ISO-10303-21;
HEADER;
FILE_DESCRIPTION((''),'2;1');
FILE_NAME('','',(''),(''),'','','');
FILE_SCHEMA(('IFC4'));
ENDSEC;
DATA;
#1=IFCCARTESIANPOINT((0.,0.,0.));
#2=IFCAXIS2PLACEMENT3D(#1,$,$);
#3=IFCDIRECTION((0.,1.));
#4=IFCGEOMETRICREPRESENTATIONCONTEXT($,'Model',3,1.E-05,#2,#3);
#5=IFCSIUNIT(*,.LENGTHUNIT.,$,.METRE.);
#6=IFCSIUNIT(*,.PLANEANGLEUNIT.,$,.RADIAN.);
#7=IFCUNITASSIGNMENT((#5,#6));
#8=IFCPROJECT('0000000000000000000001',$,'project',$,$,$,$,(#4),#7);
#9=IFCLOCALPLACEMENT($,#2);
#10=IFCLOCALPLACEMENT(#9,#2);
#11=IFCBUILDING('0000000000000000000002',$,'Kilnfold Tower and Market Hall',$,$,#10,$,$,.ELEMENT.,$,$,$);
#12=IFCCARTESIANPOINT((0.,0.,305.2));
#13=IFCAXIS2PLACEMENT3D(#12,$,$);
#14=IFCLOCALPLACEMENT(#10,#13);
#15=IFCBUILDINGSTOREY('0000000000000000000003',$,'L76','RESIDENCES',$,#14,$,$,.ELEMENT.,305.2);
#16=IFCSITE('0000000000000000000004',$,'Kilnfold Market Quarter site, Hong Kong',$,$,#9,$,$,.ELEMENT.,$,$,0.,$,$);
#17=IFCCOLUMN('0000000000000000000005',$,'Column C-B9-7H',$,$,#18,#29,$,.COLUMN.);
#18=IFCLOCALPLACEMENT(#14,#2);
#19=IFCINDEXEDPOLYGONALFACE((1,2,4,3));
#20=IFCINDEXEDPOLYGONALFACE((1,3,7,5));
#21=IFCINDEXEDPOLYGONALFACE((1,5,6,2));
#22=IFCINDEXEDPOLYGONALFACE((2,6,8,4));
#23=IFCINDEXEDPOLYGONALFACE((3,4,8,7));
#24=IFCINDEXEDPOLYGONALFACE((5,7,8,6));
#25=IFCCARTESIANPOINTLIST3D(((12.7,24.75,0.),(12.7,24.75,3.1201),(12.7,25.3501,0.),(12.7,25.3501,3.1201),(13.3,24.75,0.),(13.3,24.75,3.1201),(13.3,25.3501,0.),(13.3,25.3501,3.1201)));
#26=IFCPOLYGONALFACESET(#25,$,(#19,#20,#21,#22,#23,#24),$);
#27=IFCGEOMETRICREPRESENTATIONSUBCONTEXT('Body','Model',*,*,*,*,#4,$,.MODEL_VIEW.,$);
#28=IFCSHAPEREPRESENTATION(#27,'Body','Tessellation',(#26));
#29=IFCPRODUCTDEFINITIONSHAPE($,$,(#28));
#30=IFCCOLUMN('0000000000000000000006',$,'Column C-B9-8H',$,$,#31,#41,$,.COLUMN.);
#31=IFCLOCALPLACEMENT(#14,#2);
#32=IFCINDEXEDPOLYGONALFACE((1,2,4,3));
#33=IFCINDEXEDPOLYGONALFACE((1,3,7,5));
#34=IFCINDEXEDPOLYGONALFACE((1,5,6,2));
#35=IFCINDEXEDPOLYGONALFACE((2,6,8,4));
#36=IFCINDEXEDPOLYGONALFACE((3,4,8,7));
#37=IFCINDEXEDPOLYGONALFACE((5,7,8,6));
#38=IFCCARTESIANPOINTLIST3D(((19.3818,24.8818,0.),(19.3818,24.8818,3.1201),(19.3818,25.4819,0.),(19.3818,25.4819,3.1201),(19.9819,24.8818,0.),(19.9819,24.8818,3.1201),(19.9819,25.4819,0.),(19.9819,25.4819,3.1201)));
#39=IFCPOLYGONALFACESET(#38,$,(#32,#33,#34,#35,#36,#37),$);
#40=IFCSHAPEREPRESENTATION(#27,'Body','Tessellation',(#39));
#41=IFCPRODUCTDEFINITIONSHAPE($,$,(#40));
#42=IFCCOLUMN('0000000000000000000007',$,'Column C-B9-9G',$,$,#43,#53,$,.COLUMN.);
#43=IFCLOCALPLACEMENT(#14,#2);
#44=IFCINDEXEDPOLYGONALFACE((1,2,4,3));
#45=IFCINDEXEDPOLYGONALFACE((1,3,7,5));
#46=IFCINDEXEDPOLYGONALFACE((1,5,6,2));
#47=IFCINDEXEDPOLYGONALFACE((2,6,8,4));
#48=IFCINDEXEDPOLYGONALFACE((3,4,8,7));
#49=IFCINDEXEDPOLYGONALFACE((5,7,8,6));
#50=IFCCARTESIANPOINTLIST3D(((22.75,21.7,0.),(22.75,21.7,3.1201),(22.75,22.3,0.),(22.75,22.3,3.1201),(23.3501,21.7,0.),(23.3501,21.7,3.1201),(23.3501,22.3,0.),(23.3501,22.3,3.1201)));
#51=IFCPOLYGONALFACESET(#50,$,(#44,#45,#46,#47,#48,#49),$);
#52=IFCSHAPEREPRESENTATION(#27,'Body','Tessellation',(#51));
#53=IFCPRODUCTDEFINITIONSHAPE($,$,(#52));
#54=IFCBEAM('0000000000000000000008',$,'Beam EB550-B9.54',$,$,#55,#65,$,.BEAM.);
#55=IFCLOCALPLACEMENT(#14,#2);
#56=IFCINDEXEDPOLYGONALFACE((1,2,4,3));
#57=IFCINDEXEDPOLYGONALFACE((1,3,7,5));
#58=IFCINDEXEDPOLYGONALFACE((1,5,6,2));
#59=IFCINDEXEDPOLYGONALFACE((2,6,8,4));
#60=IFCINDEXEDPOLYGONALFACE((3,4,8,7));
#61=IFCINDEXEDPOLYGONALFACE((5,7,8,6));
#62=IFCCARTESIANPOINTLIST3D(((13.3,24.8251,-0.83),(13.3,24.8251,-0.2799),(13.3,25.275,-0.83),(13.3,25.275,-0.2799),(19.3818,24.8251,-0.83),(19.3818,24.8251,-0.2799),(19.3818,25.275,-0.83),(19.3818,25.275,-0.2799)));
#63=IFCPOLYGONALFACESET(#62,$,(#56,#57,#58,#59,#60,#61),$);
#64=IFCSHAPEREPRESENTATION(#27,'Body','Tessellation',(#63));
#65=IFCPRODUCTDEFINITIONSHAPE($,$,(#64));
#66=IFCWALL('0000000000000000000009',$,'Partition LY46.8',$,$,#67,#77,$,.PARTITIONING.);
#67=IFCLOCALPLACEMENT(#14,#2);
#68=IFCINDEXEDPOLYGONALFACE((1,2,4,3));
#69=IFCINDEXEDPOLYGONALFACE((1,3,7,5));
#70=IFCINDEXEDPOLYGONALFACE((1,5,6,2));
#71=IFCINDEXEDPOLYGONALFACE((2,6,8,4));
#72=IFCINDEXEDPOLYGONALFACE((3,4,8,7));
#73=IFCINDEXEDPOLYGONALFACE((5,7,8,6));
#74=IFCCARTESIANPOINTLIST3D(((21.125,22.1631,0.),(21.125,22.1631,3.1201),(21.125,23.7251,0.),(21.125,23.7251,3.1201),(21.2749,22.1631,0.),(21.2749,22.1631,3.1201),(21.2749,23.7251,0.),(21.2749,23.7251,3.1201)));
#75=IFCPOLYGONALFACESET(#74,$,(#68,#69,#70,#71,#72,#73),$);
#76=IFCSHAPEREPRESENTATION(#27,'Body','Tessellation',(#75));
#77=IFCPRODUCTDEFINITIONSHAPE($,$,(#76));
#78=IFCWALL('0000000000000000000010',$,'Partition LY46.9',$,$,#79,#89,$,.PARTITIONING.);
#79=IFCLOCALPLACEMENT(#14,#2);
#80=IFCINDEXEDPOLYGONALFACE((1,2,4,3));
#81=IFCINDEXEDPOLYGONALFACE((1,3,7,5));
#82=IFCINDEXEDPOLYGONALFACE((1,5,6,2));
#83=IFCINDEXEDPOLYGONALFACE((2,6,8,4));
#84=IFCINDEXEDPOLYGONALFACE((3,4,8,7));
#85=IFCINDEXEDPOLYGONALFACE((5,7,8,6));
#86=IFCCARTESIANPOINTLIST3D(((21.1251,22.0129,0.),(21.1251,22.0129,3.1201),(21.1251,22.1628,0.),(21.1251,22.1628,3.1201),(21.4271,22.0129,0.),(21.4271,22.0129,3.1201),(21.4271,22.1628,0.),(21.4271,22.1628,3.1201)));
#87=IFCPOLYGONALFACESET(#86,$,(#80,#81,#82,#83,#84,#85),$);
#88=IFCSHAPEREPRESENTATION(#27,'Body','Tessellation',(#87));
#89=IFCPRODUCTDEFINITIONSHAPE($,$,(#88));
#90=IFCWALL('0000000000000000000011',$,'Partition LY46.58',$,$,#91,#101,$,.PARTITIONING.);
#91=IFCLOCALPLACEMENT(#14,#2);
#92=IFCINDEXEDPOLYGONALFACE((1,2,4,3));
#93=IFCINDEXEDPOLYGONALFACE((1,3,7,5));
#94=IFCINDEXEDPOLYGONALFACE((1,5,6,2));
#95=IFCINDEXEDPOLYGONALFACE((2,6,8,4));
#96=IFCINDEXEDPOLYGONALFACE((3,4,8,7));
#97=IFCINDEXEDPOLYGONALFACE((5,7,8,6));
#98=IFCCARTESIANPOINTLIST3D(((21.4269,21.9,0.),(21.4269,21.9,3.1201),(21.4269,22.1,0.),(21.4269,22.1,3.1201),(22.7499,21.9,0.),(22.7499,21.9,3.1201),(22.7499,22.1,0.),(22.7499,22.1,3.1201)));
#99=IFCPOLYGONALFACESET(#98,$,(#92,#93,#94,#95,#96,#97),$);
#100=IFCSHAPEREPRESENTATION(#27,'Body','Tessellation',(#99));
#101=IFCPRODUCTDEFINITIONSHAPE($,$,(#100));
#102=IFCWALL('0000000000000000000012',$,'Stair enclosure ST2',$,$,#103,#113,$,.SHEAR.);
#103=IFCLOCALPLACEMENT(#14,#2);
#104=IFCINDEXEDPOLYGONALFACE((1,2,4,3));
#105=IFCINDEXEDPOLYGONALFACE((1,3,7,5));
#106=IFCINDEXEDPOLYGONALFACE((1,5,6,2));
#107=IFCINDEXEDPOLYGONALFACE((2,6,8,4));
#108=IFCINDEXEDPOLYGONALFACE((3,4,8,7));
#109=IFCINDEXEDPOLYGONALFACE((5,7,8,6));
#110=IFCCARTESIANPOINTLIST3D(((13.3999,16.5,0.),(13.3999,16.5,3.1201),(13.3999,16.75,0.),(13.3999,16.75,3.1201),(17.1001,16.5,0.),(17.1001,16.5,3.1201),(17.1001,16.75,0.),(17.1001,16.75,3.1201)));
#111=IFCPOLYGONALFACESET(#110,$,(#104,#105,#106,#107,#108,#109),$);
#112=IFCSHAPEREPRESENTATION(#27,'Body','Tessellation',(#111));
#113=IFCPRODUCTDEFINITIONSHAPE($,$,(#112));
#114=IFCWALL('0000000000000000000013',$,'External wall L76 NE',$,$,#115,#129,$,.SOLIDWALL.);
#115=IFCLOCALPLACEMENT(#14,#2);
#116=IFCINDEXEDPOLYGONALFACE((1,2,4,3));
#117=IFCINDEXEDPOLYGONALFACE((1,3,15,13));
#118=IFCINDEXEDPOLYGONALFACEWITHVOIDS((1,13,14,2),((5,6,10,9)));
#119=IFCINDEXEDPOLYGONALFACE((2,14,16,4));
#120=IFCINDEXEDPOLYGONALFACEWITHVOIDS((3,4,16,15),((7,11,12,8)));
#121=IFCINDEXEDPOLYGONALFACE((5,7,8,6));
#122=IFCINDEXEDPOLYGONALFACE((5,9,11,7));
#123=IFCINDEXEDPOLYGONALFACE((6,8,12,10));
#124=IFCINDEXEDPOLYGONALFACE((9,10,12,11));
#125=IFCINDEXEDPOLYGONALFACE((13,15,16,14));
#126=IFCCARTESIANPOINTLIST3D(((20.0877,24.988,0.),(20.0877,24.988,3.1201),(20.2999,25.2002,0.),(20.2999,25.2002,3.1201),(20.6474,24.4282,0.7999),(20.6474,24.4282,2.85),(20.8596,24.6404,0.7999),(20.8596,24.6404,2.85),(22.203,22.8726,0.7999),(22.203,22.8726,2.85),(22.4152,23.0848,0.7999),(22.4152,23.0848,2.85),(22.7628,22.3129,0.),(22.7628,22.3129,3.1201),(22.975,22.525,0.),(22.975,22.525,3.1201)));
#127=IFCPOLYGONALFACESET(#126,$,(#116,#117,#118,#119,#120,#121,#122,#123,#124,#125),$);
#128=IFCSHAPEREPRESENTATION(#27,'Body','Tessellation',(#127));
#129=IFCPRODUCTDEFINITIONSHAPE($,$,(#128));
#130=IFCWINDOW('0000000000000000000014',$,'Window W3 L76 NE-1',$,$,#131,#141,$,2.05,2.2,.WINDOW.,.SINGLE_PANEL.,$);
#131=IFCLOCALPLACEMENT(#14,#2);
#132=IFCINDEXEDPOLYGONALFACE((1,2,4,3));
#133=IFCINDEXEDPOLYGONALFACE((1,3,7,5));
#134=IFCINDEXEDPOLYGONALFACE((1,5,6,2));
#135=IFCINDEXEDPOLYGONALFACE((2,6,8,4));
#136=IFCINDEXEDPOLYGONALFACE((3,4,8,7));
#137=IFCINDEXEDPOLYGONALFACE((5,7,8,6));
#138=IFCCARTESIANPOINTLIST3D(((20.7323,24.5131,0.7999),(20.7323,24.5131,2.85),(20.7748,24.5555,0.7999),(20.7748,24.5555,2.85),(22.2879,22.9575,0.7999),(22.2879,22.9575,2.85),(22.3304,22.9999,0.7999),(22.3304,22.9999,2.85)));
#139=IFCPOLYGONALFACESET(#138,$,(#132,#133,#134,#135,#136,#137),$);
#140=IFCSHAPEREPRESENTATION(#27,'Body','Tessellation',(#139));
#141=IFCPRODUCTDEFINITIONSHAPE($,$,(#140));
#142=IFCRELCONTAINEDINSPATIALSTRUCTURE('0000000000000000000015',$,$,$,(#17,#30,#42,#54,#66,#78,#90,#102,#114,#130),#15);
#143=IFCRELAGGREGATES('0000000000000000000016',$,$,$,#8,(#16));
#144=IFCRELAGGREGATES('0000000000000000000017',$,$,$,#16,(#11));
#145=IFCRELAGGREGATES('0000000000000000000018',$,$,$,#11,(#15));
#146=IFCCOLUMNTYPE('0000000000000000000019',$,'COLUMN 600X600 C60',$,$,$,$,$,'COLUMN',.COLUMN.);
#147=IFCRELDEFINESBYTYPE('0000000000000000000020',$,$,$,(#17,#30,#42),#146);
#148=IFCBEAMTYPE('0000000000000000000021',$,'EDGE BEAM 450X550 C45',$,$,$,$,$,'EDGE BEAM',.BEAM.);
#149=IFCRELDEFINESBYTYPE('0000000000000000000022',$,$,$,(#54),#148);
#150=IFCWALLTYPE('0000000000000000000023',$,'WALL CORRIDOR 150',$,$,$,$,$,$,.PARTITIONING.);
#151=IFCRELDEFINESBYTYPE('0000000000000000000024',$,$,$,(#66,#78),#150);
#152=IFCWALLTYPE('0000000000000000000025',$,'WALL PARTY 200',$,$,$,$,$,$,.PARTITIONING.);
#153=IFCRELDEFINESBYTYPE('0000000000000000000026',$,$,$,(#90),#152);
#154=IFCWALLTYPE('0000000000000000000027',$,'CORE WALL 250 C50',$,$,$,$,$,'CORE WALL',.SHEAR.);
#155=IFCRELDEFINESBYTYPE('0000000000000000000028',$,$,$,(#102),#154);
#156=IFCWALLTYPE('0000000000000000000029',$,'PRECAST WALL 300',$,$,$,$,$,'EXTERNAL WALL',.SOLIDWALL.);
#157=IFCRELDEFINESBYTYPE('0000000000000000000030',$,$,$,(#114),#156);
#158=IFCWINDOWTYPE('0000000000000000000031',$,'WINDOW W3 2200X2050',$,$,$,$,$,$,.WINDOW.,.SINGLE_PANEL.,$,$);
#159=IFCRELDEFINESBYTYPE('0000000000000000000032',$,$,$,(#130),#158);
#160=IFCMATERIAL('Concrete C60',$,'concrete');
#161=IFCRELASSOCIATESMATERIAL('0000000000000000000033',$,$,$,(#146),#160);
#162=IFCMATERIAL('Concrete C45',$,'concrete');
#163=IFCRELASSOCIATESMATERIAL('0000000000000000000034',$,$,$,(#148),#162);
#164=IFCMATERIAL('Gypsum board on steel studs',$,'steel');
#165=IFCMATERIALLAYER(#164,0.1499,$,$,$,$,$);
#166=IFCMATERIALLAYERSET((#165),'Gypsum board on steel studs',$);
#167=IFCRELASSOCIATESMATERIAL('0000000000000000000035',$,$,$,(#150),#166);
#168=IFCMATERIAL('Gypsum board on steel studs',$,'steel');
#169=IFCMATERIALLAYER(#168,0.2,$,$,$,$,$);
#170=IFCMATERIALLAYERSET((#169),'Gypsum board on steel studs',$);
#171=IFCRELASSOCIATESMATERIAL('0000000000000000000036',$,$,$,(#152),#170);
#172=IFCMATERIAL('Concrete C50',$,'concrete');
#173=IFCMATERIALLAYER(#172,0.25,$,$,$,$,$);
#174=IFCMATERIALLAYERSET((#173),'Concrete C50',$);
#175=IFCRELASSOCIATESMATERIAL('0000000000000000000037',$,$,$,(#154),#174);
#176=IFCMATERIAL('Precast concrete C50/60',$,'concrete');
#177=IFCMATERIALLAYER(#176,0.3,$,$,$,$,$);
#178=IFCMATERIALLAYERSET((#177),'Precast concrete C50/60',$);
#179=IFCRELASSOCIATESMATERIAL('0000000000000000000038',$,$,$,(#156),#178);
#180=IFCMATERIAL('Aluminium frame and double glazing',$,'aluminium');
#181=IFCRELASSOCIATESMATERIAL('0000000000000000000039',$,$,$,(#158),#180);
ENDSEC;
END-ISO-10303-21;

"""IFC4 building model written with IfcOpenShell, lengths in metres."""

from ifc_helpers import new_model, si_unit, direction, frame, frame_2d, origin, origin_2d, place, context, subcontext, project, spatial, rectangle, extrude, source, transform, mapped, material, layer, layer_set, material_profile, profile_set, type_object, element, fill, save


model = new_model("IFC4")

# Units and contexts
model_context = context("Model", 3, precision=1e-05, world=origin(), true_north=direction((0.0, 1.0)))
body_context = subcontext(model_context, "Body", "Model", "MODEL_VIEW")
ifc_project = project(units=[si_unit("LENGTHUNIT", "METRE"), si_unit("PLANEANGLEUNIT", "RADIAN")], contexts=[model_context])

# Site, building, storey
site_placement = place(None, origin())
site = spatial("IfcSite", under=ifc_project, at=site_placement, Name="Kilnfold Market Quarter site, Hong Kong", CompositionType="ELEMENT", RefElevation=0.0)
building_placement = place(site_placement, origin())
building = spatial("IfcBuilding", under=site, at=building_placement, Name="Kilnfold Tower and Market Hall", CompositionType="ELEMENT")
storey_placement = place(building_placement, frame((0.0, 0.0, 305.2)))
storey = spatial("IfcBuildingStorey", under=building, at=storey_placement, Name="L76", Description="RESIDENCES", CompositionType="ELEMENT", Elevation=305.2)

# Columns
ifc_material_1 = material(Name="Concrete C60", Category="concrete")
ifc_material_profile_1 = material_profile(ifc_material_1, rectangle(XDim=0.6001, YDim=0.6001, at=origin_2d()), Name="RC 600x600")
ifc_profile_set_1 = profile_set([ifc_material_profile_1], Name="Concrete C60")
column_type = type_object("IfcColumnType", Name="COLUMN 600X600 C60", ElementType="COLUMN", PredefinedType="COLUMN", material=ifc_profile_set_1)
shared_shape_1 = source(origin(), body_context, "Body", "SweptSolid", [
    extrude(rectangle(XDim=0.6001, YDim=0.6001, at=origin_2d()), origin(), (0.0, 0.0, 1.0), 3.1201),
])
for number, where, z_axis, x_axis, name in (
    (1, (13.0, 25.05, 0.0), (0.0, 0.0, 1.0), (1.0, 0.0, 0.0), "Column C-B9-7H"),
    (2, (19.6819, 25.1819, 0.0), (0.0, 0.0, 1.0), (1.0, 0.0, 0.0), "Column C-B9-8H"),
    (3, (23.05, 22.0, 0.0), (0.0, 0.0, 1.0), (1.0, 0.0, 0.0), "Column C-B9-9G"),
):
    element("IfcColumn", number, at=place(storey_placement, frame(where, z_axis=z_axis, x_axis=x_axis)), inside=storey, type_object=column_type, Name=name, PredefinedType="COLUMN", context=body_context, shape_type="MappedRepresentation", body=[
        mapped(shared_shape_1, transform((0.0, 0.0, 0.0))),
    ])

# Beam
ifc_material_2 = material(Name="Concrete C45", Category="concrete")
ifc_material_profile_2 = material_profile(ifc_material_2, rectangle(XDim=0.45, YDim=0.55, at=origin_2d()), Name="RC 450x550")
ifc_profile_set_2 = profile_set([ifc_material_profile_2], Name="Concrete C45")
beam_type = type_object("IfcBeamType", Name="EDGE BEAM 450X550 C45", ElementType="EDGE BEAM", PredefinedType="BEAM", material=ifc_profile_set_2)
shared_shape_2 = source(origin(), body_context, "Body", "SweptSolid", [
    extrude(rectangle(XDim=0.45, YDim=0.55, at=origin_2d()), origin(), (0.0, 0.0, 1.0), 6.0818),
])
beam_placement = place(storey_placement, frame((13.3, 25.05, -0.5549), z_axis=(1.0, 0.0, 0.0), x_axis=(0.0, 1.0, 0.0)))
element("IfcBeam", 4, at=beam_placement, inside=storey, type_object=beam_type, Name="Beam EB550-B9.54", PredefinedType="BEAM", context=body_context, shape_type="MappedRepresentation", body=[
    mapped(shared_shape_2, transform((0.0, 0.0, 0.0))),
])

# Walls
ifc_material_3 = material(Name="Gypsum board on steel studs", Category="steel")
ifc_layer_1 = layer(ifc_material_3, 0.1499)
ifc_layer_set_1 = layer_set([ifc_layer_1], Name="Gypsum board on steel studs")
wall_type_1 = type_object("IfcWallType", Name="WALL CORRIDOR 150", PredefinedType="PARTITIONING", material=ifc_layer_set_1)
wall_1_placement = place(storey_placement, frame((21.2, 22.1631, 0.0), z_axis=(0.0, 0.0, 1.0), x_axis=(0.0, 1.0, 0.0)))
element("IfcWall", 5, at=wall_1_placement, inside=storey, type_object=wall_type_1, Name="Partition LY46.8", PredefinedType="PARTITIONING", context=body_context, shape_type="SweptSolid", body=[
    extrude(rectangle(XDim=1.562, YDim=0.1499, at=frame_2d((0.781, 0.0))), origin(), (0.0, 0.0, 1.0), 3.1201),
])
wall_2_placement = place(storey_placement, frame((21.427, 22.0879, 0.0), z_axis=(0.0, 0.0, 1.0), x_axis=(-1.0, 0.0, 0.0)))
element("IfcWall", 6, at=wall_2_placement, inside=storey, type_object=wall_type_1, Name="Partition LY46.9", PredefinedType="PARTITIONING", context=body_context, shape_type="SweptSolid", body=[
    extrude(rectangle(XDim=0.302, YDim=0.1499, at=frame_2d((0.1509, 0.0))), origin(), (0.0, 0.0, 1.0), 3.1201),
])
ifc_material_4 = material(Name="Gypsum board on steel studs", Category="steel")
ifc_layer_2 = layer(ifc_material_4, 0.2)
ifc_layer_set_2 = layer_set([ifc_layer_2], Name="Gypsum board on steel studs")
wall_type_2 = type_object("IfcWallType", Name="WALL PARTY 200", PredefinedType="PARTITIONING", material=ifc_layer_set_2)
wall_3_placement = place(storey_placement, frame((22.75, 22.0, 0.0), z_axis=(0.0, 0.0, 1.0), x_axis=(-1.0, 0.0, 0.0)))
element("IfcWall", 7, at=wall_3_placement, inside=storey, type_object=wall_type_2, Name="Partition LY46.58", PredefinedType="PARTITIONING", context=body_context, shape_type="SweptSolid", body=[
    extrude(rectangle(XDim=1.323, YDim=0.2, at=frame_2d((0.6616, 0.0))), origin(), (0.0, 0.0, 1.0), 3.1201),
])
ifc_material_5 = material(Name="Concrete C50", Category="concrete")
ifc_layer_3 = layer(ifc_material_5, 0.25)
ifc_layer_set_3 = layer_set([ifc_layer_3], Name="Concrete C50")
wall_type_3 = type_object("IfcWallType", Name="CORE WALL 250 C50", ElementType="CORE WALL", PredefinedType="SHEAR", material=ifc_layer_set_3)
shared_shape_3 = source(origin(), body_context, "Body", "SweptSolid", [
    extrude(rectangle(XDim=3.7002, YDim=0.25, at=frame_2d((1.8501, 0.0))), origin(), (0.0, 0.0, 1.0), 3.1201),
])
wall_4_placement = place(storey_placement, frame((13.3999, 16.625, 0.0), z_axis=(0.0, 0.0, 1.0), x_axis=(1.0, 0.0, 0.0)))
element("IfcWall", 8, at=wall_4_placement, inside=storey, type_object=wall_type_3, Name="Stair enclosure ST2", PredefinedType="SHEAR", context=body_context, shape_type="MappedRepresentation", body=[
    mapped(shared_shape_3, transform((0.0, 0.0, 0.0))),
])

# Wall, opening, window
ifc_material_6 = material(Name="Precast concrete C50/60", Category="concrete")
ifc_layer_4 = layer(ifc_material_6, 0.3)
ifc_layer_set_4 = layer_set([ifc_layer_4], Name="Precast concrete C50/60")
wall_type_4 = type_object("IfcWallType", Name="PRECAST WALL 300", ElementType="EXTERNAL WALL", PredefinedType="SOLIDWALL", material=ifc_layer_set_4)
shared_shape_4 = source(origin(), body_context, "Body", "SweptSolid", [
    extrude(rectangle(XDim=3.7832, YDim=0.3, at=frame_2d((1.8916, 0.0))), origin(), (0.0, 0.0, 1.0), 3.1201),
])
wall_5_placement = place(storey_placement, frame((22.8689, 22.4189, 0.0), z_axis=(0.0, 0.0, 1.0), x_axis=(-0.707107, 0.707107, 0.0)))
wall_5 = element("IfcWall", 9, at=wall_5_placement, inside=storey, type_object=wall_type_4, Name="External wall L76 NE", PredefinedType="SOLIDWALL", context=body_context, shape_type="MappedRepresentation", body=[
    mapped(shared_shape_4, transform((0.0, 0.0, 0.0))),
])
opening_1_placement = place(wall_5_placement, frame((0.7915, 0.0, 0.8)))
opening_1 = element("IfcOpeningElement", 10, at=opening_1_placement, cuts=wall_5, PredefinedType="OPENING", context=body_context, shape_type="SweptSolid", body=[
    extrude(rectangle(XDim=2.2, YDim=2.05, at=frame_2d((1.1001, 1.0249))), frame((0.0, 0.1602, 0.0), z_axis=(0.0, -1.0, 0.0), x_axis=(1.0, 0.0, 0.0)), (0.0, 0.0, 1.0), 0.3201),
])
ifc_material_7 = material(Name="Aluminium frame and double glazing", Category="aluminium")
window_type = type_object("IfcWindowType", Name="WINDOW W3 2200X2050", PartitioningType="SINGLE_PANEL", PredefinedType="WINDOW", material=ifc_material_7)
window_1_placement = place(opening_1_placement, origin())
window_1 = element("IfcWindow", 11, at=window_1_placement, inside=storey, type_object=window_type, Name="Window W3 L76 NE-1", OverallHeight=2.05, OverallWidth=2.2, PartitioningType="SINGLE_PANEL", PredefinedType="WINDOW", context=body_context, shape_type="SweptSolid", body=[
    extrude(rectangle(XDim=2.2, YDim=2.05, at=frame_2d((1.1001, 1.0249))), frame((0.0, 0.03, 0.0), z_axis=(0.0, -1.0, 0.0), x_axis=(1.0, 0.0, 0.0)), (0.0, 0.0, 1.0), 0.0601),
])
fill(opening_1, window_1)

save(model, "model.ifc")
